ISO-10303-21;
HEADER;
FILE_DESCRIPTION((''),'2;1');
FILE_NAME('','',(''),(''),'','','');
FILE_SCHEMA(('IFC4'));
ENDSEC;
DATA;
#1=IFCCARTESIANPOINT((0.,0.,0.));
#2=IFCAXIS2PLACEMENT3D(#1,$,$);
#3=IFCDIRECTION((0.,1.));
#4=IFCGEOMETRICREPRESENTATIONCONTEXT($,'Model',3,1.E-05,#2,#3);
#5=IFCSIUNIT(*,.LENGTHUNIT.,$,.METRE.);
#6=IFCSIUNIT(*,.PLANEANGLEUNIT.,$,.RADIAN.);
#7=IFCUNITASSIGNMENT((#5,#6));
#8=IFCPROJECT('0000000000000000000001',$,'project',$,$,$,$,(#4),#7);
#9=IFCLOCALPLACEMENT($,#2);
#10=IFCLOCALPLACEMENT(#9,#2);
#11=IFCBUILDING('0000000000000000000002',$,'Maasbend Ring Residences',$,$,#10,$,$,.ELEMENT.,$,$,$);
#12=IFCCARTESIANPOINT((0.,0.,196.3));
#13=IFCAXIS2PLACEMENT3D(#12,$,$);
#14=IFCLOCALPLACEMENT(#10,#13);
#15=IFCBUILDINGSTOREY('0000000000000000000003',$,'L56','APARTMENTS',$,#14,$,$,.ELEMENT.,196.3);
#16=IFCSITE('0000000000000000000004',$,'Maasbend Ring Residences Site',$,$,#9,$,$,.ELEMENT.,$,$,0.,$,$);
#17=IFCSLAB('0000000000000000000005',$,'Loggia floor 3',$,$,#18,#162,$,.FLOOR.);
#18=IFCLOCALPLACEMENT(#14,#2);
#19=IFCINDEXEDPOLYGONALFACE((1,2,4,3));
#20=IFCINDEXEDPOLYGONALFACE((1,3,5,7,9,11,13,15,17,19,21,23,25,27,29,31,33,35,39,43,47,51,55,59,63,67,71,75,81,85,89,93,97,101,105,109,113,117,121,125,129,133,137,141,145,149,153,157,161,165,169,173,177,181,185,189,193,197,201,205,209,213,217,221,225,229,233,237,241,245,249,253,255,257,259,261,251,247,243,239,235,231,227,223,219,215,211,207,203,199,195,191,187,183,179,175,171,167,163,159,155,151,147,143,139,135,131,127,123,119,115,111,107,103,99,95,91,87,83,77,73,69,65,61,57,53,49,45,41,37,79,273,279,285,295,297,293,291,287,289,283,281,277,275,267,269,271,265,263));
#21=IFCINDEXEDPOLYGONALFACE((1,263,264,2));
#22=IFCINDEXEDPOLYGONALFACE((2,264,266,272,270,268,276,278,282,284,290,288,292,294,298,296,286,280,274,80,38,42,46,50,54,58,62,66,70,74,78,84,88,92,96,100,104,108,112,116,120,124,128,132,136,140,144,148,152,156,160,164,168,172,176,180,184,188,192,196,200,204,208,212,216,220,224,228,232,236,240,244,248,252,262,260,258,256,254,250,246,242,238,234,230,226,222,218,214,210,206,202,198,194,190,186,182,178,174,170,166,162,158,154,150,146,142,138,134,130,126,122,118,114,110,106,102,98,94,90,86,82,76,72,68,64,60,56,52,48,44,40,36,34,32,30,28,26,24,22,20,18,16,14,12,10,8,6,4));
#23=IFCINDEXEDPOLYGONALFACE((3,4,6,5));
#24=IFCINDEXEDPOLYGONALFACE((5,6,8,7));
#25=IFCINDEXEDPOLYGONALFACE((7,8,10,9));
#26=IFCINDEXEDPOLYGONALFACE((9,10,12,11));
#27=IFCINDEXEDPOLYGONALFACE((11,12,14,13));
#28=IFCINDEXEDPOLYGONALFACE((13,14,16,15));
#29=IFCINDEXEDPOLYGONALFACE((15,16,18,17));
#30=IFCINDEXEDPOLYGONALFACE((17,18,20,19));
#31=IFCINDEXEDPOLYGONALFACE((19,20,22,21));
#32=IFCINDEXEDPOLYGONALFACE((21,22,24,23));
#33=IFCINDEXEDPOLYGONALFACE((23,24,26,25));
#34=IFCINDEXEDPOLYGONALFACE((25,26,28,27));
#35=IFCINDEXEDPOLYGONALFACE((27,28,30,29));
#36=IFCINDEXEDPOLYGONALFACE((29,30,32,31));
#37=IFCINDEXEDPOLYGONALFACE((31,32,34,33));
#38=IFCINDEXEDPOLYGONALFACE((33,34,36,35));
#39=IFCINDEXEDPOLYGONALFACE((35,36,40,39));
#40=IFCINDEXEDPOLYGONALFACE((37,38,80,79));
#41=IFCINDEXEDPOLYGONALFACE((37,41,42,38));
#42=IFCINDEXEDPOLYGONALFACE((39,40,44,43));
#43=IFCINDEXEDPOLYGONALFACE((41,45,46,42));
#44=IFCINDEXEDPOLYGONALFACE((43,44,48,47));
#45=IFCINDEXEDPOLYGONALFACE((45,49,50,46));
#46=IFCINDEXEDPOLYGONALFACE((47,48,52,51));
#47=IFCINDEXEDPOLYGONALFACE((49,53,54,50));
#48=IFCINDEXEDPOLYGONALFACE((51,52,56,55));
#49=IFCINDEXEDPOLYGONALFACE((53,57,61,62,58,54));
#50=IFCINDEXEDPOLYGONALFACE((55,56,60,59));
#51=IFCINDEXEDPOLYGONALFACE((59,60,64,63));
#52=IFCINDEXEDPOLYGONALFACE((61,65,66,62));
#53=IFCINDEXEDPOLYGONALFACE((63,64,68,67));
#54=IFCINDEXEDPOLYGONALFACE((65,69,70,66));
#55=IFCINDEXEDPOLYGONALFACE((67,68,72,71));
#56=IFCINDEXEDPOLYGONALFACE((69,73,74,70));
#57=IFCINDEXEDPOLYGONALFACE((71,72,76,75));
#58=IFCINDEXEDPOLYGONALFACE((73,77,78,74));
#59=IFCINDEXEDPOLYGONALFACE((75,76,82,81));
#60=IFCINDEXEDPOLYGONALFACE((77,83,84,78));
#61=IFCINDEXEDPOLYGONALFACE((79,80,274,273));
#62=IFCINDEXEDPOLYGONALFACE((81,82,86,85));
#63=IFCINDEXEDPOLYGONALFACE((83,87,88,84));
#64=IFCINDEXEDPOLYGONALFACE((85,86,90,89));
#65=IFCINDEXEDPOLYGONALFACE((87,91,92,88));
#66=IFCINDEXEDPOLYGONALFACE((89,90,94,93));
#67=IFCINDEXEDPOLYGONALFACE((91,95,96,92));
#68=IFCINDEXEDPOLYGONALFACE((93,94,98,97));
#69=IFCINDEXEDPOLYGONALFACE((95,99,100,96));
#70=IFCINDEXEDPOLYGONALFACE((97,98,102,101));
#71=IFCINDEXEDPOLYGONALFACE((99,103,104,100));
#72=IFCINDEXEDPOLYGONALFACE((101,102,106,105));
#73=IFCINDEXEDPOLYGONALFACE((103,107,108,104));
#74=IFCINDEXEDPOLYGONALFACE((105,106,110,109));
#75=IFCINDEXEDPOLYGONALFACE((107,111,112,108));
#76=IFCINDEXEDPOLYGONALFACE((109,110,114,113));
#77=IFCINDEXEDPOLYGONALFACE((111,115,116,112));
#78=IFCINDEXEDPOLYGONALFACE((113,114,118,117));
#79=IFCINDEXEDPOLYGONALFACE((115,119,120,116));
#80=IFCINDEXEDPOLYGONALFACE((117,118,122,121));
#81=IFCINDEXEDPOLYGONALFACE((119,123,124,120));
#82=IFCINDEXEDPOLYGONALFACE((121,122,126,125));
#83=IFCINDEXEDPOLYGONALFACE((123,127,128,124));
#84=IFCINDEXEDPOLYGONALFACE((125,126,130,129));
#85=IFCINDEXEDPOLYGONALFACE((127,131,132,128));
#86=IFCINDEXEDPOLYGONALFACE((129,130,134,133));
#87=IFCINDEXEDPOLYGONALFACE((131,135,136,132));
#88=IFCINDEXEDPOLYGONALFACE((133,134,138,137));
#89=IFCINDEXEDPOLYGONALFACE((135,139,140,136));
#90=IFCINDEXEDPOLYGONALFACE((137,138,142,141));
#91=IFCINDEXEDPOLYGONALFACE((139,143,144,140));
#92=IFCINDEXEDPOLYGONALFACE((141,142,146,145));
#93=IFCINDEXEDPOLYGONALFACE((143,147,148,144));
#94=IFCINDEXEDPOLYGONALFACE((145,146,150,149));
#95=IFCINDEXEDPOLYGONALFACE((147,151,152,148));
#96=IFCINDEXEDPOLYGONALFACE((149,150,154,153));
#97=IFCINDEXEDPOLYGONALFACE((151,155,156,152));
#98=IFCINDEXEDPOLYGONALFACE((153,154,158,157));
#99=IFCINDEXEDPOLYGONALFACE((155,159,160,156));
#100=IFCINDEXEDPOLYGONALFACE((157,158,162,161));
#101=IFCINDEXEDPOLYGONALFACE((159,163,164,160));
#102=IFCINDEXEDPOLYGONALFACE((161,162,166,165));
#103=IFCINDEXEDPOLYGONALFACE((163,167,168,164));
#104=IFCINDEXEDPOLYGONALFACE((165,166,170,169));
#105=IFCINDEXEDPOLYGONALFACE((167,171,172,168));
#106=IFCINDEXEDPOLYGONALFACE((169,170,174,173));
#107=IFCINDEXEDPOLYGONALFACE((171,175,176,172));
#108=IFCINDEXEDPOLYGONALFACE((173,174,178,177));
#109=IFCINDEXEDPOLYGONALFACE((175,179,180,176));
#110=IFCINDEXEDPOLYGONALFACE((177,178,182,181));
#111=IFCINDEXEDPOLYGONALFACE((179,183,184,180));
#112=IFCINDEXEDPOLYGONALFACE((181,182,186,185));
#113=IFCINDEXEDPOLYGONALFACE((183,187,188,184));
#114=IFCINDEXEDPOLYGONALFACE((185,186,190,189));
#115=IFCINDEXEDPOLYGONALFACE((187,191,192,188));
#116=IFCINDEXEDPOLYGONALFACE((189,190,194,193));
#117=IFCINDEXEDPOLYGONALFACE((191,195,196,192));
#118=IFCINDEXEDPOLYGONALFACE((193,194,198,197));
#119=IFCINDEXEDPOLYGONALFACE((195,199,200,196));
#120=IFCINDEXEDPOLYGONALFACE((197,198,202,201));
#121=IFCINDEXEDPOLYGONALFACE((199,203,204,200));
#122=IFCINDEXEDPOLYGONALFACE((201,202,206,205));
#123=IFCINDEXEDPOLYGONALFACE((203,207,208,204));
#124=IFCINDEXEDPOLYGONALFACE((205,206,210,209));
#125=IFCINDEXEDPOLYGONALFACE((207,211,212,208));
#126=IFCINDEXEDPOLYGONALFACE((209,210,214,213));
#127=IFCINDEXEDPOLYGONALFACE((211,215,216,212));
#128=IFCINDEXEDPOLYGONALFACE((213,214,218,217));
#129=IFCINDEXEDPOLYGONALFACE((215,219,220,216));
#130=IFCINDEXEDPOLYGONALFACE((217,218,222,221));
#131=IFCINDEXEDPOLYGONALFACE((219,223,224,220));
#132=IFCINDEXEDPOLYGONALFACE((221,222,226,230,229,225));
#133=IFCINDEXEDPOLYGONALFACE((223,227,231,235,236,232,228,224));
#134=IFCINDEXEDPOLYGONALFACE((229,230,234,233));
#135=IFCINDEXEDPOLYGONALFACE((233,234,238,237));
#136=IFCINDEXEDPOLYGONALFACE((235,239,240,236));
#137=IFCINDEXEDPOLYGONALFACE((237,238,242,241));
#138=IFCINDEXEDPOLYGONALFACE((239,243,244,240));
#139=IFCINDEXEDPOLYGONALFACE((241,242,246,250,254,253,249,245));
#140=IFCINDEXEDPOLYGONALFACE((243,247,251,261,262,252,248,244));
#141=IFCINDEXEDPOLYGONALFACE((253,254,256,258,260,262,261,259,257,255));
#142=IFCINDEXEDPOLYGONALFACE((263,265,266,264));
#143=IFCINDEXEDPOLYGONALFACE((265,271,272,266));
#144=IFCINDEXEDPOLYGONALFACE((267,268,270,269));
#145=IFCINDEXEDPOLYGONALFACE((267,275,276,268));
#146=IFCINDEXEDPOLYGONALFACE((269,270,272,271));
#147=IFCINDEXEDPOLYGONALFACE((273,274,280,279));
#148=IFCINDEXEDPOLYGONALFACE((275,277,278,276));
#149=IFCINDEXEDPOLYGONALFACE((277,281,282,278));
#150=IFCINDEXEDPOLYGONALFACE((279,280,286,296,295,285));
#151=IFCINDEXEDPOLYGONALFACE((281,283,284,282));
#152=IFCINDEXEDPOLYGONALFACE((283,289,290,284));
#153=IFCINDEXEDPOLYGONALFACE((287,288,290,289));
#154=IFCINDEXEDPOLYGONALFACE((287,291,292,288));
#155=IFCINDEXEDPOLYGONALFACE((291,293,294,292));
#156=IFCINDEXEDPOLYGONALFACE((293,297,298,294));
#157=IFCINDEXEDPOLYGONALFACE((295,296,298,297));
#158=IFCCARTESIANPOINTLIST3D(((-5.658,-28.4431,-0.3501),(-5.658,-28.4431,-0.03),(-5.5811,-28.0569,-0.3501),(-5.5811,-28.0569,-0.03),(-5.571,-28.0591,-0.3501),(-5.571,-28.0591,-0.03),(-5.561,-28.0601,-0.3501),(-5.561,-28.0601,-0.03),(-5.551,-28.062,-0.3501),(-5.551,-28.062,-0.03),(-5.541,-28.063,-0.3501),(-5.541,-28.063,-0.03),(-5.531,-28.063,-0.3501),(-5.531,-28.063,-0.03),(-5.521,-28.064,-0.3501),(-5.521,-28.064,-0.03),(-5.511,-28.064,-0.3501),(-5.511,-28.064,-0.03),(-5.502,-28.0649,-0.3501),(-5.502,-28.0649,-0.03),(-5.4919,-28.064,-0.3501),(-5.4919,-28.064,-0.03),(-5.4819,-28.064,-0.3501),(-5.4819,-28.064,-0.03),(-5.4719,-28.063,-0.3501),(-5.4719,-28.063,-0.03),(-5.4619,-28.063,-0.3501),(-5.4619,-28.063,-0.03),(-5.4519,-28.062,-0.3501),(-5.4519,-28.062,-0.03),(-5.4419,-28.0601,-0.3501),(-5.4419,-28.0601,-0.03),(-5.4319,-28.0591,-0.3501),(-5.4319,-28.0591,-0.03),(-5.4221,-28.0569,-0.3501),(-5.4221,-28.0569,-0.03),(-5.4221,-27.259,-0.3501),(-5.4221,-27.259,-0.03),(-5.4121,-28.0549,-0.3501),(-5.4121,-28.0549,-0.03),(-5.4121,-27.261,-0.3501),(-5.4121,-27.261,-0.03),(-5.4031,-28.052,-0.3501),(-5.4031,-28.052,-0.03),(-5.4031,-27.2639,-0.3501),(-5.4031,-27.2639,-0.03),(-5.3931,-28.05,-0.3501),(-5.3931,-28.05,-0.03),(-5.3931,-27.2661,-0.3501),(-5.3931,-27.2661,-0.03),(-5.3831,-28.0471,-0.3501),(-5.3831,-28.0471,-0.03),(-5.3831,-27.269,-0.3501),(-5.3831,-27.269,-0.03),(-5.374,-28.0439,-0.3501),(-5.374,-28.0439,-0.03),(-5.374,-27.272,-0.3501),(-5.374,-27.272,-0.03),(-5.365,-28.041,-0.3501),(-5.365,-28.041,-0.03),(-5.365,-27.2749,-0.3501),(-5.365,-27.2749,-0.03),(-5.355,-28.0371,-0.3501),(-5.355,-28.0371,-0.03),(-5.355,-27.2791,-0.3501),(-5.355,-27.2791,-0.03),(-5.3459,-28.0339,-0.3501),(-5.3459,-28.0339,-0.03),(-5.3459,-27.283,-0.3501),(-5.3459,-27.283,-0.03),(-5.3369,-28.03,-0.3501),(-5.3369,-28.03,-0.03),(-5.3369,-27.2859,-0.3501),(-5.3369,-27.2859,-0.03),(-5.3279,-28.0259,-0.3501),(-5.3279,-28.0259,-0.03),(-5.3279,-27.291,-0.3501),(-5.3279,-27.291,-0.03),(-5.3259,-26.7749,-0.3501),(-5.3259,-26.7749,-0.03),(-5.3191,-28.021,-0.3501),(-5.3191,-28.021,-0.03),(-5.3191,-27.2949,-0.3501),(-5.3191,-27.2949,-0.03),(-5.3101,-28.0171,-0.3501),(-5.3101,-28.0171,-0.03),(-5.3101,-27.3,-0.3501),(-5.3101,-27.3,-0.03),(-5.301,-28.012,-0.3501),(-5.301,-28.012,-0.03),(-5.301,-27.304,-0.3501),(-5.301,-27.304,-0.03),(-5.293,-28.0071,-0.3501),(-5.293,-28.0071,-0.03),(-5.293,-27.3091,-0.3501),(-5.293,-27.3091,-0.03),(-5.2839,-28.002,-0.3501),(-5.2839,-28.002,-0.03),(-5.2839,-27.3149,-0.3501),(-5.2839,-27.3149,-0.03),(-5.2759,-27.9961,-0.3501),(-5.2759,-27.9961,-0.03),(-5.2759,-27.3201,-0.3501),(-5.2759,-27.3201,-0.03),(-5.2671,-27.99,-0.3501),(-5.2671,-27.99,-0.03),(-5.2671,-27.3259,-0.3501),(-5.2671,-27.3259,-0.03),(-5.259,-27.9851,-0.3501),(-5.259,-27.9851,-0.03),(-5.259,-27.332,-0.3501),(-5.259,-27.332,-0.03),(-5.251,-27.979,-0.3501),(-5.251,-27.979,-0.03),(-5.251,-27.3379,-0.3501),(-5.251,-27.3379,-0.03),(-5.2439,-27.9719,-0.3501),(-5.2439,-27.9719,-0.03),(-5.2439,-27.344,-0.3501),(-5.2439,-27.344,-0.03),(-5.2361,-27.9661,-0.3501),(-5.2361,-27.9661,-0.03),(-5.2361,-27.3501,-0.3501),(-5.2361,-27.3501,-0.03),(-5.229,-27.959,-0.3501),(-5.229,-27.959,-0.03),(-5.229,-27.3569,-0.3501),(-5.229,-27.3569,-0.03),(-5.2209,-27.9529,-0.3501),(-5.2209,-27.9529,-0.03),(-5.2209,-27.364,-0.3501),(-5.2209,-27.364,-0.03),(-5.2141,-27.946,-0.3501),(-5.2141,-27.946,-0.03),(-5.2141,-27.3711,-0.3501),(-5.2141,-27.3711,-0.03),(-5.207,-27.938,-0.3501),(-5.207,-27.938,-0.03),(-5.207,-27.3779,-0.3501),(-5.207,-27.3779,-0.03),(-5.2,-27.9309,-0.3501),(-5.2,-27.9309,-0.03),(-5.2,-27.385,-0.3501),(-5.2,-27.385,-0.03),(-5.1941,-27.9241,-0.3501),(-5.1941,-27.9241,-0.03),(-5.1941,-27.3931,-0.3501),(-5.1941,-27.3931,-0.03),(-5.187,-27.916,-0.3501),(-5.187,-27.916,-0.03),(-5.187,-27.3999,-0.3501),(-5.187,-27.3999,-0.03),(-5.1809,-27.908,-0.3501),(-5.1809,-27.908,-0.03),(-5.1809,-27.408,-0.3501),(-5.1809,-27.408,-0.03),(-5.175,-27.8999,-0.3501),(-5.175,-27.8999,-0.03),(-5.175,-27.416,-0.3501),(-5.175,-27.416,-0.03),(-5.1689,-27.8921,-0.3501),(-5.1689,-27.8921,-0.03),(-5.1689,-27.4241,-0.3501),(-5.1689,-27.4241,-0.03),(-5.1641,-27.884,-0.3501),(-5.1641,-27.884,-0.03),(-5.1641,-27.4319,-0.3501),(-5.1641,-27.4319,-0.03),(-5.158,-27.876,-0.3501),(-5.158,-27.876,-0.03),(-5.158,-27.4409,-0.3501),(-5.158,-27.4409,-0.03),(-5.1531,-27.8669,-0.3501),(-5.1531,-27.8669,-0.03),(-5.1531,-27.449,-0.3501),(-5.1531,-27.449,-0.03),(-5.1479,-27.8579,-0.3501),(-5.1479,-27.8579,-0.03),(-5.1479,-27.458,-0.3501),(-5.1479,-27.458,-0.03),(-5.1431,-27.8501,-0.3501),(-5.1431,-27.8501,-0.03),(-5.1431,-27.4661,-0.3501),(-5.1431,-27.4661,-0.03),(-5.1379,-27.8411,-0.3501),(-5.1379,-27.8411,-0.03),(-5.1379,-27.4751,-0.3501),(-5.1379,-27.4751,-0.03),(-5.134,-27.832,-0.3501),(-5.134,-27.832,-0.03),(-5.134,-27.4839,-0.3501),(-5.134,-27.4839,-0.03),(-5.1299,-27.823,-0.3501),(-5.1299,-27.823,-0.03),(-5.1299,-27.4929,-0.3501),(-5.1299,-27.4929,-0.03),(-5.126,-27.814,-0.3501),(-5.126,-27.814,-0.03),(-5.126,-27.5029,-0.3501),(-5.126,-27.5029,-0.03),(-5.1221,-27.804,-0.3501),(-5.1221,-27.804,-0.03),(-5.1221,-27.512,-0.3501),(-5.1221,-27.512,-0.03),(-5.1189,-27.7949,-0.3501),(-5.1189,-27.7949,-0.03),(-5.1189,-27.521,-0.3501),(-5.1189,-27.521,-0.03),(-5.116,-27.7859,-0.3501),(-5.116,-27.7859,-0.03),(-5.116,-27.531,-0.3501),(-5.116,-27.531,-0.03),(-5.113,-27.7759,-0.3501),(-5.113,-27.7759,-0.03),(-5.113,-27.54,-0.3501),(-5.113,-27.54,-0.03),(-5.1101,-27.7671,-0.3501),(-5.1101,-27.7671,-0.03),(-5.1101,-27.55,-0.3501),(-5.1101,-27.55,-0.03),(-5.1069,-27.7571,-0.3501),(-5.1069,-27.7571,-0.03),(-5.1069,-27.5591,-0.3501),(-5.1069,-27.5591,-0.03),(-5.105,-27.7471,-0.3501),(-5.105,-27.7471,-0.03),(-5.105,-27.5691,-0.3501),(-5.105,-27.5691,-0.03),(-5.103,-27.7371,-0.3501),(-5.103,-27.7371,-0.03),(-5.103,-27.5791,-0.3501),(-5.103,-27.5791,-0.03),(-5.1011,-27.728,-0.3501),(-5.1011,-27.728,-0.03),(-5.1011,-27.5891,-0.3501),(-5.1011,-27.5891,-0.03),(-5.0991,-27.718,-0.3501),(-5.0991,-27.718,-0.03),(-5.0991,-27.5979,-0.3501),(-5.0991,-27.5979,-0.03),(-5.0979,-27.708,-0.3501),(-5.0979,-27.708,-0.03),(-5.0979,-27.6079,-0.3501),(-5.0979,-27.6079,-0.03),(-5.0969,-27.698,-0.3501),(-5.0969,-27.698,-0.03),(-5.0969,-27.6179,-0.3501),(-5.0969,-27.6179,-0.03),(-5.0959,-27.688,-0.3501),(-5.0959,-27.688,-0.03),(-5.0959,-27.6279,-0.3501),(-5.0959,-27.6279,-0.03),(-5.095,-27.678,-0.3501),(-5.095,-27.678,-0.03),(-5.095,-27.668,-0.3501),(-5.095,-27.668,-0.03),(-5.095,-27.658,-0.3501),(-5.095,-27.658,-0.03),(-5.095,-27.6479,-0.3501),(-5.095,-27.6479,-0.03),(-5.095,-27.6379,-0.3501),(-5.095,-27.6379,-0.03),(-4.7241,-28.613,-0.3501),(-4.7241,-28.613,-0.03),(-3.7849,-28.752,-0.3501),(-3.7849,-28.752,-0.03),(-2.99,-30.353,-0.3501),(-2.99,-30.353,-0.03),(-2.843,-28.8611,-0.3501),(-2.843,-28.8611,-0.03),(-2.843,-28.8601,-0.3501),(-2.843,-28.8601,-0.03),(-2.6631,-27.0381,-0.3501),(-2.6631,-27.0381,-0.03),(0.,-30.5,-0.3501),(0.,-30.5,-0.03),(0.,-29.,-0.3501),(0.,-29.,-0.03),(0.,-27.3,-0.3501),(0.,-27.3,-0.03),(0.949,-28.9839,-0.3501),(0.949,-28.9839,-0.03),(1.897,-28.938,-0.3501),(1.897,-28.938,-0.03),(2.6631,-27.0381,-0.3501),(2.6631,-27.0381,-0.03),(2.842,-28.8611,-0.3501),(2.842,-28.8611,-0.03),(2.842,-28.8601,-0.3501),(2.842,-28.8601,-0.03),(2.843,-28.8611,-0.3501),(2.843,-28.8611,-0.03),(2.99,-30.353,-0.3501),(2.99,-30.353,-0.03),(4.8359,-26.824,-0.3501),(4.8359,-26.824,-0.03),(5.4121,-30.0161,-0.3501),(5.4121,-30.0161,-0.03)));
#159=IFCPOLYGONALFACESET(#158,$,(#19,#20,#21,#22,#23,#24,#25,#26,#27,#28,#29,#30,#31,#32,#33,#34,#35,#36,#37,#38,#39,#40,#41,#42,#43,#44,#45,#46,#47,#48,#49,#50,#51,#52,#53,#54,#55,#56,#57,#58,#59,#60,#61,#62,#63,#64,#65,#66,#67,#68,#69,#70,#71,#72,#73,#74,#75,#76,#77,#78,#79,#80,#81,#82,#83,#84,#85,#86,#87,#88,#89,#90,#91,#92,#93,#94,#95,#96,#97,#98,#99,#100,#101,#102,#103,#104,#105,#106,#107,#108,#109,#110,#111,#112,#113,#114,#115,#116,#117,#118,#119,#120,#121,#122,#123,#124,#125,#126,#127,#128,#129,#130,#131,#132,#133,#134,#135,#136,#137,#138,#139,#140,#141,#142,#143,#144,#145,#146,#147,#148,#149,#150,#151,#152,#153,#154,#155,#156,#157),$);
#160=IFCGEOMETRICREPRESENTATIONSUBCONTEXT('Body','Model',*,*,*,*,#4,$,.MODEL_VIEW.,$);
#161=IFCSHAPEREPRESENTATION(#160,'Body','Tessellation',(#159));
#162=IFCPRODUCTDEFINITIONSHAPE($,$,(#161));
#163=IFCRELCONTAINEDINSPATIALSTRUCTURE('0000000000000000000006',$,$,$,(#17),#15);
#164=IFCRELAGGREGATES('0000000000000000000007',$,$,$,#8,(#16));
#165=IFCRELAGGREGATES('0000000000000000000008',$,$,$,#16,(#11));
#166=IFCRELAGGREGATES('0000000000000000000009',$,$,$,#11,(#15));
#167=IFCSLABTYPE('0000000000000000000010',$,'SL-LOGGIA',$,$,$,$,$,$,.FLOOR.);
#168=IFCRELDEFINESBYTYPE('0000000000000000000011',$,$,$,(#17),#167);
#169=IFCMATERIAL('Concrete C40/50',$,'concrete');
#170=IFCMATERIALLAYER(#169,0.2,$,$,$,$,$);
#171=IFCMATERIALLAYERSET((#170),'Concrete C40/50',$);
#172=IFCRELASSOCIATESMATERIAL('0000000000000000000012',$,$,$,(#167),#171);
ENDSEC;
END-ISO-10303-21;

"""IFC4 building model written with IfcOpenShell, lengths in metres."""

from ifc_helpers import new_model, si_unit, direction, frame, origin, place, context, subcontext, project, spatial, polyline, outline, extrude, material, layer, layer_set, type_object, element, save


model = new_model("IFC4")

# Units and contexts
model_context = context("Model", 3, precision=1e-05, world=origin(), true_north=direction((0.0, 1.0)))
body_context = subcontext(model_context, "Body", "Model", "MODEL_VIEW")
ifc_project = project(units=[si_unit("LENGTHUNIT", "METRE"), si_unit("PLANEANGLEUNIT", "RADIAN")], contexts=[model_context])

# Site, building, storey
site_placement = place(None, origin())
site = spatial("IfcSite", under=ifc_project, at=site_placement, Name="Maasbend Ring Residences Site", CompositionType="ELEMENT", RefElevation=0.0)
building_placement = place(site_placement, origin())
building = spatial("IfcBuilding", under=site, at=building_placement, Name="Maasbend Ring Residences", CompositionType="ELEMENT")
storey_placement = place(building_placement, frame((0.0, 0.0, 196.3)))
storey = spatial("IfcBuildingStorey", under=building, at=storey_placement, Name="L56", Description="APARTMENTS", CompositionType="ELEMENT", Elevation=196.3)

# Slab
ifc_material_1 = material(Name="Concrete C40/50", Category="concrete")
ifc_layer_1 = layer(ifc_material_1, 0.2)
ifc_layer_set_1 = layer_set([ifc_layer_1], Name="Concrete C40/50")
slab_type_1 = type_object("IfcSlabType", Name="SL-LOGGIA", PredefinedType="FLOOR", material=ifc_layer_set_1)
slab_1_placement = place(storey_placement, frame((0.0, 0.0, -0.3501)))
element("IfcSlab", 1, at=slab_1_placement, inside=storey, type_object=slab_type_1, Name="Loggia floor 3", PredefinedType="FLOOR", context=body_context, shape_type="SweptSolid", body=[
    extrude(outline(polyline([(-2.6631, -27.0381), (0.0, -27.3), (0.0, -27.3), (0.0, -27.3), (2.6631, -27.0381), (4.8359, -26.824), (4.8359, -26.824), (4.8359, -26.824), (5.4121, -30.0161), (5.4121, -30.0161), (5.4121, -30.0161), (2.99, -30.353), (2.99, -30.353), (2.99, -30.353), (2.843, -28.8611), (2.843, -28.8611), (2.843, -28.8611), (2.843, -28.8611), (2.842, -28.8611), (2.842, -28.8611), (2.842, -28.8611), (2.842, -28.8611), (2.842, -28.8611), (2.842, -28.8601), (2.842, -28.8601), (2.842, -28.8601), (2.842, -28.8601), (2.842, -28.8601), (2.842, -28.8601), (2.842, -28.8601), (2.842, -28.8601), (1.897, -28.938), (1.897, -28.938), (0.949, -28.9839), (0.949, -28.9839), (0.0, -29.0), (0.0, -29.0), (0.0, -29.0), (0.0, -29.0), (0.0, -29.0), (0.0, -29.0), (0.0, -29.0), (0.0, -29.0), (0.0, -29.0), (0.0, -29.0), (0.0, -29.0), (0.0, -29.0), (0.0, -29.0), (0.0, -29.0), (0.0, -29.0), (0.0, -29.0), (0.0, -29.0), (0.0, -30.5), (0.0, -30.5), (0.0, -30.5), (-2.99, -30.353), (-2.99, -30.353), (-2.99, -30.353), (-2.843, -28.8611), (-2.843, -28.8611), (-2.843, -28.8611), (-2.843, -28.8611), (-2.843, -28.8611), (-2.843, -28.8611), (-2.843, -28.8611), (-2.843, -28.8611), (-2.843, -28.8601), (-2.843, -28.8601), (-2.843, -28.8601), (-2.843, -28.8601), (-2.843, -28.8601), (-2.843, -28.8601), (-2.843, -28.8601), (-2.843, -28.8601), (-2.843, -28.8601), (-3.7849, -28.752), (-3.7849, -28.752), (-4.7241, -28.613), (-4.7241, -28.613), (-5.658, -28.4431), (-5.658, -28.4431), (-5.658, -28.4431), (-5.5811, -28.0569), (-5.5811, -28.0569), (-5.571, -28.0591), (-5.561, -28.0601), (-5.551, -28.062), (-5.541, -28.063), (-5.531, -28.063), (-5.521, -28.064), (-5.511, -28.064), (-5.502, -28.0649), (-5.4919, -28.064), (-5.4819, -28.064), (-5.4719, -28.063), (-5.4619, -28.063), (-5.4519, -28.062), (-5.4419, -28.0601), (-5.4319, -28.0591), (-5.4221, -28.0569), (-5.4121, -28.0549), (-5.4031, -28.052), (-5.3931, -28.05), (-5.3831, -28.0471), (-5.374, -28.0439), (-5.365, -28.041), (-5.355, -28.0371), (-5.3459, -28.0339), (-5.3369, -28.03), (-5.3279, -28.0259), (-5.3191, -28.021), (-5.3101, -28.0171), (-5.301, -28.012), (-5.293, -28.0071), (-5.2839, -28.002), (-5.2759, -27.9961), (-5.2671, -27.99), (-5.259, -27.9851), (-5.251, -27.979), (-5.2439, -27.9719), (-5.2361, -27.9661), (-5.229, -27.959), (-5.2209, -27.9529), (-5.2141, -27.946), (-5.207, -27.938), (-5.2, -27.9309), (-5.1941, -27.9241), (-5.187, -27.916), (-5.1809, -27.908), (-5.175, -27.8999), (-5.1689, -27.8921), (-5.1641, -27.884), (-5.158, -27.876), (-5.1531, -27.8669), (-5.1479, -27.8579), (-5.1431, -27.8501), (-5.1379, -27.8411), (-5.134, -27.832), (-5.1299, -27.823), (-5.126, -27.814), (-5.1221, -27.804), (-5.1189, -27.7949), (-5.116, -27.7859), (-5.113, -27.7759), (-5.1101, -27.7671), (-5.1069, -27.7571), (-5.105, -27.7471), (-5.103, -27.7371), (-5.1011, -27.728), (-5.0991, -27.718), (-5.0979, -27.708), (-5.0969, -27.698), (-5.0959, -27.688), (-5.095, -27.678), (-5.095, -27.668), (-5.095, -27.658), (-5.095, -27.6479), (-5.095, -27.6379), (-5.0959, -27.6279), (-5.0969, -27.6179), (-5.0979, -27.6079), (-5.0991, -27.5979), (-5.1011, -27.5891), (-5.103, -27.5791), (-5.105, -27.5691), (-5.1069, -27.5591), (-5.1101, -27.55), (-5.113, -27.54), (-5.116, -27.531), (-5.1189, -27.521), (-5.1221, -27.512), (-5.126, -27.5029), (-5.1299, -27.4929), (-5.134, -27.4839), (-5.1379, -27.4751), (-5.1431, -27.4661), (-5.1479, -27.458), (-5.1531, -27.449), (-5.158, -27.4409), (-5.1641, -27.4319), (-5.1689, -27.4241), (-5.175, -27.416), (-5.1809, -27.408), (-5.187, -27.3999), (-5.1941, -27.3931), (-5.2, -27.385), (-5.207, -27.3779), (-5.2141, -27.3711), (-5.2209, -27.364), (-5.229, -27.3569), (-5.2361, -27.3501), (-5.2439, -27.344), (-5.251, -27.3379), (-5.259, -27.332), (-5.2671, -27.3259), (-5.2759, -27.3201), (-5.2839, -27.3149), (-5.293, -27.3091), (-5.301, -27.304), (-5.3101, -27.3), (-5.3191, -27.2949), (-5.3279, -27.291), (-5.3369, -27.2859), (-5.3459, -27.283), (-5.355, -27.2791), (-5.365, -27.2749), (-5.374, -27.272), (-5.3831, -27.269), (-5.3931, -27.2661), (-5.4031, -27.2639), (-5.4121, -27.261), (-5.4221, -27.259), (-5.4221, -27.259), (-5.3259, -26.7749), (-5.3259, -26.7749), (-5.3259, -26.7749), (-2.6631, -27.0381)])), origin(), (0.0, 0.0, 1.0), 0.3201),
])

save(model, "model.ifc")
